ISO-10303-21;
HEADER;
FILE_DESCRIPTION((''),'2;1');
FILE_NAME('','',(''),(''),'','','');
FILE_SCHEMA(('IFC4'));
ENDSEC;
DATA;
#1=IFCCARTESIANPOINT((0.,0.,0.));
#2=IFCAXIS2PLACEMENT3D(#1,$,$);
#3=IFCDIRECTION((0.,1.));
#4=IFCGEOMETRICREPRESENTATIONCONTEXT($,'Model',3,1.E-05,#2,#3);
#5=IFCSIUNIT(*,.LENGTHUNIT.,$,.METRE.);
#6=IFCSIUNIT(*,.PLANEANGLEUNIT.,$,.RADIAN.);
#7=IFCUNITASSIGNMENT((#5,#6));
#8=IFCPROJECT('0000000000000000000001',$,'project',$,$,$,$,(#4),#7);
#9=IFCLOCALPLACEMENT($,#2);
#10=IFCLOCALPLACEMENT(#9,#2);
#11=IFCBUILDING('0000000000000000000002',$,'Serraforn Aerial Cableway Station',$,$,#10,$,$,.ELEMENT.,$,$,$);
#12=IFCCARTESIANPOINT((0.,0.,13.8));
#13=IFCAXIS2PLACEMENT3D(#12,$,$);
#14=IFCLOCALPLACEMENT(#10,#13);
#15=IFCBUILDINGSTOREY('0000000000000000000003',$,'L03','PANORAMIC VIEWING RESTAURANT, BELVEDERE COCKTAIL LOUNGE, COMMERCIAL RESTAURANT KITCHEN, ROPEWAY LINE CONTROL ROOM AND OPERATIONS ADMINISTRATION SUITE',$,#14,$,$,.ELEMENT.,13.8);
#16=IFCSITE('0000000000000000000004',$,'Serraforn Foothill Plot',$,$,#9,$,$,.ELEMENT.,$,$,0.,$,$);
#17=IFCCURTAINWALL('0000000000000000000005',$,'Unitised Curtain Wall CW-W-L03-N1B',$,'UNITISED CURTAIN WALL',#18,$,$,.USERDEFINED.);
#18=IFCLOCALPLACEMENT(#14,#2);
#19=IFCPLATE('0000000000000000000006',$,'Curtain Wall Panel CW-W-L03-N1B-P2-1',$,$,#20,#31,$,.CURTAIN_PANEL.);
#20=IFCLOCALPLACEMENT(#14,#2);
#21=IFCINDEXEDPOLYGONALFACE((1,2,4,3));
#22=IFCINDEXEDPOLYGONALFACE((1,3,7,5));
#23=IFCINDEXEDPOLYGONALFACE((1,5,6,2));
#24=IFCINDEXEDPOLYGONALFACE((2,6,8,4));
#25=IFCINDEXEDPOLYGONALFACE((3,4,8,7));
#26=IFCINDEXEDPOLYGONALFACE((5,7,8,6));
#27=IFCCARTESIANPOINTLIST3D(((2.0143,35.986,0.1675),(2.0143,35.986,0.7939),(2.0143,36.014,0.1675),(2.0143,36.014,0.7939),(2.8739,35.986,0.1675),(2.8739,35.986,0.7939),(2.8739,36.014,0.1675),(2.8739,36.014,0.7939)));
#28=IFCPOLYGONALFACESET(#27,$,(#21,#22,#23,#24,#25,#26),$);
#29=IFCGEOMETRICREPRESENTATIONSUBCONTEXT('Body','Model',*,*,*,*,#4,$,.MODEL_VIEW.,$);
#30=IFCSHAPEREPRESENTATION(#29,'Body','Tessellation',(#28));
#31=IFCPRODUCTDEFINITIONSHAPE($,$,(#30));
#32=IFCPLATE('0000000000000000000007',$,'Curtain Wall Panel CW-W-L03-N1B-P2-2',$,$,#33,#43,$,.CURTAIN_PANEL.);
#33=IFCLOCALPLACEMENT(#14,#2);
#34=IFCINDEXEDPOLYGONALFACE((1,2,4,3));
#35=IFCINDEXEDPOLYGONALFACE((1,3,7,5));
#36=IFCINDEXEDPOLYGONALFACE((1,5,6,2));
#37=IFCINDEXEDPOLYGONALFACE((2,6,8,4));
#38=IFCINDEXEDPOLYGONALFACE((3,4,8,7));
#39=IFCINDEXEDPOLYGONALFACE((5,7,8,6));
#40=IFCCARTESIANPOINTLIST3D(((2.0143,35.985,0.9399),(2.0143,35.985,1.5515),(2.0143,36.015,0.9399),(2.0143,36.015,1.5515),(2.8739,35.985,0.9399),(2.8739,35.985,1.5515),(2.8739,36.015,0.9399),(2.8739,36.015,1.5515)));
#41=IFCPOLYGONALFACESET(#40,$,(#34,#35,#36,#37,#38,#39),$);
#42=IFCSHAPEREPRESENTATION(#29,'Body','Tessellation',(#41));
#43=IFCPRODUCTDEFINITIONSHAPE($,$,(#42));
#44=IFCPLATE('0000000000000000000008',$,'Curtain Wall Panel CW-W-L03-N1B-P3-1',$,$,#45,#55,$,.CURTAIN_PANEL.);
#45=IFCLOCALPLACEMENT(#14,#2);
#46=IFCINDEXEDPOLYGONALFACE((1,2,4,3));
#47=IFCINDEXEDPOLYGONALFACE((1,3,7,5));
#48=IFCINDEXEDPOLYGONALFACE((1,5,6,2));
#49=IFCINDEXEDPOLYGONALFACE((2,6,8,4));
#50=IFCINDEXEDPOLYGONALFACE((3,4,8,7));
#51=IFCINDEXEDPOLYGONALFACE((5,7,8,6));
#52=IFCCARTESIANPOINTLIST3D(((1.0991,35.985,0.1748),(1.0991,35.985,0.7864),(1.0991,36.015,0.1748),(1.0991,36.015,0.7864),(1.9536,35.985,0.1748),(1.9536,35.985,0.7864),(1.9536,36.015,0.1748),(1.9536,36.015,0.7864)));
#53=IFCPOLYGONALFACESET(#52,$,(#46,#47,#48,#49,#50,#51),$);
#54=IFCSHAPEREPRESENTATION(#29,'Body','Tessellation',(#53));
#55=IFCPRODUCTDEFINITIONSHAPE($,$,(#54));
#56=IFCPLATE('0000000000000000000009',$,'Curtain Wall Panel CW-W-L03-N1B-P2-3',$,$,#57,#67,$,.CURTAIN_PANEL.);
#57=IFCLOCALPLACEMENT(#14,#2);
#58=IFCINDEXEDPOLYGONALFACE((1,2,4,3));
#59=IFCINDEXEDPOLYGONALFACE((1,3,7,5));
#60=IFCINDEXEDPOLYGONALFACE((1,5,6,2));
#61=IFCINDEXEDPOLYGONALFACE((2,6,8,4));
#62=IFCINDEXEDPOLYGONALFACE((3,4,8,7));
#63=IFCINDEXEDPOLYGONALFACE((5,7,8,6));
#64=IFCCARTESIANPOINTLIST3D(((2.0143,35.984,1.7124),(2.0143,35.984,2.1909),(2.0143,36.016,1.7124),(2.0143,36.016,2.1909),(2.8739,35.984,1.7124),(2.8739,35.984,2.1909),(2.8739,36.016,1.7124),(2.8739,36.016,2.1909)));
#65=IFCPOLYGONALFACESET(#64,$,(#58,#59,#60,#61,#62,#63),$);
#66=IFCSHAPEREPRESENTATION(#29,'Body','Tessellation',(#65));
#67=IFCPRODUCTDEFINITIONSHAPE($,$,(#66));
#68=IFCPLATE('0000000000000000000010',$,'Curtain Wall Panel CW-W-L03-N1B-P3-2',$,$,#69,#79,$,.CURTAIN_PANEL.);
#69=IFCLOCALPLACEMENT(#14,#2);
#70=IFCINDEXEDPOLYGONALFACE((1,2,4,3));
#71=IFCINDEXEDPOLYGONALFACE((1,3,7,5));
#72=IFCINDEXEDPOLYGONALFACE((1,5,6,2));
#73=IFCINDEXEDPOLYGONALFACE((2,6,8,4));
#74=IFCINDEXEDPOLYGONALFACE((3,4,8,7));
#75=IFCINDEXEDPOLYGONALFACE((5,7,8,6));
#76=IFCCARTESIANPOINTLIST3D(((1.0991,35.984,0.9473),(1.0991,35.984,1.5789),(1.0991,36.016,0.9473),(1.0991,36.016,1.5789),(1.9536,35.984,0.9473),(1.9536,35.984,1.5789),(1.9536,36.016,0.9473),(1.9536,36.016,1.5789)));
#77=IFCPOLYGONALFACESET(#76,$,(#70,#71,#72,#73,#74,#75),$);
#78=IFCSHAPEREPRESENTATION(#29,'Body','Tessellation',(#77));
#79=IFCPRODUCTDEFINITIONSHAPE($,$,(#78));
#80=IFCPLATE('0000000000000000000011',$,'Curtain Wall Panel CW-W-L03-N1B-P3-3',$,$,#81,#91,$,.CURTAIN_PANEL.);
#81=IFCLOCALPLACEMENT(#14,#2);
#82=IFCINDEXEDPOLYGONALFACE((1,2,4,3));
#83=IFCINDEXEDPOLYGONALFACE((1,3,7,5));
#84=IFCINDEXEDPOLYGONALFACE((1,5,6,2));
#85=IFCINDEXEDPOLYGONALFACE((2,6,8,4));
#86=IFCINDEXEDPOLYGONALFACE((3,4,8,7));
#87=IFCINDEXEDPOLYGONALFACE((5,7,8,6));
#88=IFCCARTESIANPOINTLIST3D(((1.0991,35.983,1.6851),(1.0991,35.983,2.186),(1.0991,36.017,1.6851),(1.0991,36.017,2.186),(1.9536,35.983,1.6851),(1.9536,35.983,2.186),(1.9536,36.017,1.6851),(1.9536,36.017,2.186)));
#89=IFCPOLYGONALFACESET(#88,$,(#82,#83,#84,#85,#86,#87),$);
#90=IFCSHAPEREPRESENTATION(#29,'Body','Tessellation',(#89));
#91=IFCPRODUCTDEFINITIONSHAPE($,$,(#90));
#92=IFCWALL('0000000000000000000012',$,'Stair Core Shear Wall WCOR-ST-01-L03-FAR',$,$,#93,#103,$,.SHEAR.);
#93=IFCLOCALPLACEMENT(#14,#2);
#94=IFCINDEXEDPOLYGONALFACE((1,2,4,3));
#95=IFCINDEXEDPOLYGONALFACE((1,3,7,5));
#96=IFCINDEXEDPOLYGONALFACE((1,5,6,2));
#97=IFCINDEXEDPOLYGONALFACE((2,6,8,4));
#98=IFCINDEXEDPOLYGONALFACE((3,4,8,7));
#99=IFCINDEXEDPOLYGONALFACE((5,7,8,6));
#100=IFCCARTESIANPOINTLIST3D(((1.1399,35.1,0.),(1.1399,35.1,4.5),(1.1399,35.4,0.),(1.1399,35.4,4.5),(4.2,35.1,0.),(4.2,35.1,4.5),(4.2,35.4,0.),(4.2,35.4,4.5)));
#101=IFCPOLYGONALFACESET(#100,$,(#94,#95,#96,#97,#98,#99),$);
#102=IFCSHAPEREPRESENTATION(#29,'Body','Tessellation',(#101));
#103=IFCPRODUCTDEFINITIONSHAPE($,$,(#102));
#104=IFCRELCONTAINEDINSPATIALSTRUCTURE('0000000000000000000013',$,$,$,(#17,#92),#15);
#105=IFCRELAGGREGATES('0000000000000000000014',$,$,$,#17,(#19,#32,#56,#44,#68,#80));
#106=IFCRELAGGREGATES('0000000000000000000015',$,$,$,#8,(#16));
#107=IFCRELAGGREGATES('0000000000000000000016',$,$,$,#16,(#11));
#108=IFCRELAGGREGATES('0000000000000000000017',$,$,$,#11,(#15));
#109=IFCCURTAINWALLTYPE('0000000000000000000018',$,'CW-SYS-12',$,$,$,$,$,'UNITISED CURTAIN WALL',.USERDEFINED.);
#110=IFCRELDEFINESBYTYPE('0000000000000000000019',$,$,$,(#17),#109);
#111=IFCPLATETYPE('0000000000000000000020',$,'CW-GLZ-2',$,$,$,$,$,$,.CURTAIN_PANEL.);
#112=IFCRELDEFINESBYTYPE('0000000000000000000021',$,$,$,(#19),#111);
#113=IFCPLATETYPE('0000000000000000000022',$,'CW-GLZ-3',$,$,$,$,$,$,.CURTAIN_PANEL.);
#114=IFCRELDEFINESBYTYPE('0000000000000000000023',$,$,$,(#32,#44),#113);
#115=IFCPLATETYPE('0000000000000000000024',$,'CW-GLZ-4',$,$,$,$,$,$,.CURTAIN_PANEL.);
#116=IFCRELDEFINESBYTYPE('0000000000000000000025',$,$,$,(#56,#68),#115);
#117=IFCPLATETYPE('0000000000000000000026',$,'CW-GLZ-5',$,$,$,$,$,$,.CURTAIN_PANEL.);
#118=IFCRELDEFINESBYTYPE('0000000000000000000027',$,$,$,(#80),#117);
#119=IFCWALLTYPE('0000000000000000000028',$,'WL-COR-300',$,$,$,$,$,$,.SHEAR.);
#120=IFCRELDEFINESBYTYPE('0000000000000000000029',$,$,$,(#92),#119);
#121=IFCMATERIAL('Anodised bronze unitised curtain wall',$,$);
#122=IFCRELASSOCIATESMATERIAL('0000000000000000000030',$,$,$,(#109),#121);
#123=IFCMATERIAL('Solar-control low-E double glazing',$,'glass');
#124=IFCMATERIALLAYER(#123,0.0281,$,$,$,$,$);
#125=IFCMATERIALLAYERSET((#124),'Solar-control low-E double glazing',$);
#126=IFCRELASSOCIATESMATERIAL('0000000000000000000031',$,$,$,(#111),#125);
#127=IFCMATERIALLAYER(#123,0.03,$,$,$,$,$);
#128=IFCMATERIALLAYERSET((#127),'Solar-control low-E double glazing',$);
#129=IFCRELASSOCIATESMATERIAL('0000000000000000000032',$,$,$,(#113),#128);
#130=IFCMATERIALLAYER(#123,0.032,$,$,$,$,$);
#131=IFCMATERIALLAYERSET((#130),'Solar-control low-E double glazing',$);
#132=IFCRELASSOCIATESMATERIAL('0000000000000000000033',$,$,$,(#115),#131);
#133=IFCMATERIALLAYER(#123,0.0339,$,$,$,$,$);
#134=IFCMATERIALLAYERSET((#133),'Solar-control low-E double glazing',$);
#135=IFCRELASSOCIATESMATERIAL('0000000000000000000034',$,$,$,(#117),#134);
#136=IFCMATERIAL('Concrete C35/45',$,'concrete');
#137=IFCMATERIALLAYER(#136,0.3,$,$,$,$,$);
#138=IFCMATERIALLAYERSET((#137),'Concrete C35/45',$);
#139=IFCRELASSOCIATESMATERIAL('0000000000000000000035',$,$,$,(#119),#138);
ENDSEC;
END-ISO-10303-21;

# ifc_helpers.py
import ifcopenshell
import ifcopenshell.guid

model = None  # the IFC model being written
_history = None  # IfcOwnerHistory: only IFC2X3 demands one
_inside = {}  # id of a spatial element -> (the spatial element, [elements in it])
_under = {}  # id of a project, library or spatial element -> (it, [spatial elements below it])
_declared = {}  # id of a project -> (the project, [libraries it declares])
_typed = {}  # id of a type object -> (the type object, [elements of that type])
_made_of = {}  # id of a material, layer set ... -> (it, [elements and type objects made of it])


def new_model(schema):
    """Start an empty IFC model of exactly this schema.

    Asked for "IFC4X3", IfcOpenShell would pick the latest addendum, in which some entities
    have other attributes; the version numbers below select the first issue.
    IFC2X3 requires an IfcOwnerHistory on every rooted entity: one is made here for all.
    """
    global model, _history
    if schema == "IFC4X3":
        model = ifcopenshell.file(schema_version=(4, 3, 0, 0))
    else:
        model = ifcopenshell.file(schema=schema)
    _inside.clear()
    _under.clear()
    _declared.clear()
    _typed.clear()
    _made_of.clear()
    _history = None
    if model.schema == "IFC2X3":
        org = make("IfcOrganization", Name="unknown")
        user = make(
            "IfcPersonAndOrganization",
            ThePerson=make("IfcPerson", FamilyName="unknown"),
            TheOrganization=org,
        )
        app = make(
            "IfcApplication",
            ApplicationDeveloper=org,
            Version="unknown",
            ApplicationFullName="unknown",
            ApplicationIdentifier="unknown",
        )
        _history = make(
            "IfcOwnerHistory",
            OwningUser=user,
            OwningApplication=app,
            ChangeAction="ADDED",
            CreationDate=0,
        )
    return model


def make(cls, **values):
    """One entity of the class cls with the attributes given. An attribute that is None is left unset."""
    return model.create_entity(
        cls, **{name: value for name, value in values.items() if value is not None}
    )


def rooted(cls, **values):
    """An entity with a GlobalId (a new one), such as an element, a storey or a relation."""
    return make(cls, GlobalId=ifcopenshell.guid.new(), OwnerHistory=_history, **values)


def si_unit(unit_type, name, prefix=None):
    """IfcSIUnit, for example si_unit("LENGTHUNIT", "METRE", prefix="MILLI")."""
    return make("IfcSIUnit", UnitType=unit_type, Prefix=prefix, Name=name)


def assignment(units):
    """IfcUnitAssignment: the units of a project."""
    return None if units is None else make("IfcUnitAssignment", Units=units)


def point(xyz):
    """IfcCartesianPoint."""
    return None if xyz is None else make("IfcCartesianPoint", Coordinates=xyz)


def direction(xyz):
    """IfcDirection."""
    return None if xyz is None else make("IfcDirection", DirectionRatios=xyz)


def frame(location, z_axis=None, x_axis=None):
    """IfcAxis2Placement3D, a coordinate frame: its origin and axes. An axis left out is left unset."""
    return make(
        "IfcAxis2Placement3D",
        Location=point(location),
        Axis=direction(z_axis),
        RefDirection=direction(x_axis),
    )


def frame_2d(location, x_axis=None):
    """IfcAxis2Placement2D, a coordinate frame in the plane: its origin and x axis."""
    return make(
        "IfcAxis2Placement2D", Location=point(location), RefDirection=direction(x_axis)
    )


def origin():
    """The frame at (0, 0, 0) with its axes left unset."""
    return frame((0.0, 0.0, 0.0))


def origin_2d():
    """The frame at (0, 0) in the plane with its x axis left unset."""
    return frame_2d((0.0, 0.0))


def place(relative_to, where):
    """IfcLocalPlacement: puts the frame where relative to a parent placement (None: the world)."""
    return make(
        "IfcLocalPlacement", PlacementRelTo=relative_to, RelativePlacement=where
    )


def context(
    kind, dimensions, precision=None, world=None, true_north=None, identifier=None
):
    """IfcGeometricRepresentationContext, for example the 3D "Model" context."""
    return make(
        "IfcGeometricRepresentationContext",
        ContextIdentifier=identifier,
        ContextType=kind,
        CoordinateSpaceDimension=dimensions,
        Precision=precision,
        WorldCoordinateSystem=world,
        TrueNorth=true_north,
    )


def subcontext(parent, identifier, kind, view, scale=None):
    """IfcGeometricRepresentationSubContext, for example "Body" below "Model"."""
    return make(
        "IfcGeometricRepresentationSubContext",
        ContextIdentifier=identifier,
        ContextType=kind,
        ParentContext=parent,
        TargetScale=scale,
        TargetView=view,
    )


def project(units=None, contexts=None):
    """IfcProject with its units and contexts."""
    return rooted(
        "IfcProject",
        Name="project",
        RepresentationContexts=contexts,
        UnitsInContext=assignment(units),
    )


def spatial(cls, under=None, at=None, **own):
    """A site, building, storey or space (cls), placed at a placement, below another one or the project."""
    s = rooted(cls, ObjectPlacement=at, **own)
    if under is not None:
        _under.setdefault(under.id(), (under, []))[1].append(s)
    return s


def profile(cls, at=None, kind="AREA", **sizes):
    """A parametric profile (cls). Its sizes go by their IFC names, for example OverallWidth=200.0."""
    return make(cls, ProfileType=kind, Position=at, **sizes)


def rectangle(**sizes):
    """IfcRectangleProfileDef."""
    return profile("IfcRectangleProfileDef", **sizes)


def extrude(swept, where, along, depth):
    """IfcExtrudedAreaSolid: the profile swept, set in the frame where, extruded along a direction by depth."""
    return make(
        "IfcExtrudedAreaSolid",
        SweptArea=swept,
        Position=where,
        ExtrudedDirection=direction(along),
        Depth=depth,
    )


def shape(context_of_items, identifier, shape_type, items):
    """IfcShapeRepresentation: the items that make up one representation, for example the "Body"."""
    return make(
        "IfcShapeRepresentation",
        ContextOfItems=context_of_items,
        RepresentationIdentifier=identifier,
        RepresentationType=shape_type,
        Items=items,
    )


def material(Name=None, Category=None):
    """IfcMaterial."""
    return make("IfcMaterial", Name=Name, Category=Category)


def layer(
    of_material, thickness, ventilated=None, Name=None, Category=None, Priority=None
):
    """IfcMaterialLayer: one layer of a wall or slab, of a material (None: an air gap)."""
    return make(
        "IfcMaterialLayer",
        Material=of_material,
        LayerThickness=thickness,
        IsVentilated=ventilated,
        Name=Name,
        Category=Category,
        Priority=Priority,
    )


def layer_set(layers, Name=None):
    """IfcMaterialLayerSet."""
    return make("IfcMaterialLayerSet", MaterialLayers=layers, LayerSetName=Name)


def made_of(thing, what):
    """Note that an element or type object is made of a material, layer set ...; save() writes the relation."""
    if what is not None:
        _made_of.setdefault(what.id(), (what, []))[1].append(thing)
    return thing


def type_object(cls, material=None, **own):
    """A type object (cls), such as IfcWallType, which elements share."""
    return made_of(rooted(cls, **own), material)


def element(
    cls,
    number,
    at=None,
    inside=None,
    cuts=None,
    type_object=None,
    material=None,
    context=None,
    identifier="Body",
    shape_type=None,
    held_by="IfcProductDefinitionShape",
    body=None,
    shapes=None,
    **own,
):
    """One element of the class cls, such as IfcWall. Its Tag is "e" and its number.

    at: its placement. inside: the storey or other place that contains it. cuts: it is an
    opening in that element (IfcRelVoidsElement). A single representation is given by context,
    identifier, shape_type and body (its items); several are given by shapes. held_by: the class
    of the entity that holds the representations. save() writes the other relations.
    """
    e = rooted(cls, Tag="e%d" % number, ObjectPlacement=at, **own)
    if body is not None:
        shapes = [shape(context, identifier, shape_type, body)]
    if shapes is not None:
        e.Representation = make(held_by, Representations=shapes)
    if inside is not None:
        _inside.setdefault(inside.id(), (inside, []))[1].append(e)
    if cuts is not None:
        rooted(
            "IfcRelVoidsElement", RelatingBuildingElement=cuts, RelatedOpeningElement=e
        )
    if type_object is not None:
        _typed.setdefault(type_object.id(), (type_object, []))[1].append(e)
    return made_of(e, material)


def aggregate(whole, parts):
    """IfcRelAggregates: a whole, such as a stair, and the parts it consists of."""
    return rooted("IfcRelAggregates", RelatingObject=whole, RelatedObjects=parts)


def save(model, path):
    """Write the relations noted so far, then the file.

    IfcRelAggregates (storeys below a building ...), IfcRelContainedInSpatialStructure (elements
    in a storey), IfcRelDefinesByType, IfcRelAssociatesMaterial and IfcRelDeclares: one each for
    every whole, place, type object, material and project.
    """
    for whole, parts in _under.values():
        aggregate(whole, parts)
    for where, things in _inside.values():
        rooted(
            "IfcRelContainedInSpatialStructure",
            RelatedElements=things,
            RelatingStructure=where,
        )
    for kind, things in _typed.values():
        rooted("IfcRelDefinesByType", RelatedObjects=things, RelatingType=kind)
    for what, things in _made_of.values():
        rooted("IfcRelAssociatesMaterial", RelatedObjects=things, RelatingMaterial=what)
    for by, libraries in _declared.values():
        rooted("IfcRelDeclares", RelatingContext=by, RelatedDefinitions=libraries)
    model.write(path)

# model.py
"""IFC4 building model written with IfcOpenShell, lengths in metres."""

from ifc_helpers import new_model, si_unit, direction, frame, frame_2d, origin, origin_2d, place, context, subcontext, project, spatial, rectangle, extrude, material, layer, layer_set, type_object, element, aggregate, save


model = new_model("IFC4")

# Units and contexts
model_context = context("Model", 3, precision=1e-05, world=origin(), true_north=direction((0.0, 1.0)))
body_context = subcontext(model_context, "Body", "Model", "MODEL_VIEW")
ifc_project = project(units=[si_unit("LENGTHUNIT", "METRE"), si_unit("PLANEANGLEUNIT", "RADIAN")], contexts=[model_context])

# Site, building, storey
site_placement = place(None, origin())
site = spatial("IfcSite", under=ifc_project, at=site_placement, Name="Serraforn Foothill Plot", CompositionType="ELEMENT", RefElevation=0.0)
building_placement = place(site_placement, origin())
building = spatial("IfcBuilding", under=site, at=building_placement, Name="Serraforn Aerial Cableway Station", CompositionType="ELEMENT")
storey_placement = place(building_placement, frame((0.0, 0.0, 13.8)))
storey = spatial("IfcBuildingStorey", under=building, at=storey_placement, Name="L03", Description="PANORAMIC VIEWING RESTAURANT, BELVEDERE COCKTAIL LOUNGE, COMMERCIAL RESTAURANT KITCHEN, ROPEWAY LINE CONTROL ROOM AND OPERATIONS ADMINISTRATION SUITE", CompositionType="ELEMENT", Elevation=13.8)

# Curtain wall, plates
ifc_material_1 = material(Name="Anodised bronze unitised curtain wall")
curtain_wall_type = type_object("IfcCurtainWallType", Name="CW-SYS-12", ElementType="UNITISED CURTAIN WALL", PredefinedType="USERDEFINED", material=ifc_material_1)
curtain_wall_placement = place(storey_placement, origin())
curtain_wall = element("IfcCurtainWall", 1, at=curtain_wall_placement, inside=storey, type_object=curtain_wall_type, Name="Unitised Curtain Wall CW-W-L03-N1B", ObjectType="UNITISED CURTAIN WALL", PredefinedType="USERDEFINED")
ifc_material_2 = material(Name="Solar-control low-E double glazing", Category="glass")
ifc_layer_1 = layer(ifc_material_2, 0.0281)
ifc_layer_set_1 = layer_set([ifc_layer_1], Name="Solar-control low-E double glazing")
plate_type_1 = type_object("IfcPlateType", Name="CW-GLZ-2", PredefinedType="CURTAIN_PANEL", material=ifc_layer_set_1)
plate_1_placement = place(storey_placement, frame((2.4441, 36.0, 0.1675), z_axis=(0.0, 0.0, 1.0), x_axis=(1.0, 0.0, 0.0)))
plate_1 = element("IfcPlate", 2, at=plate_1_placement, type_object=plate_type_1, Name="Curtain Wall Panel CW-W-L03-N1B-P2-1", PredefinedType="CURTAIN_PANEL", context=body_context, shape_type="SweptSolid", body=[
    extrude(rectangle(XDim=0.8596, YDim=0.0281, at=origin_2d()), origin(), (0.0, 0.0, 1.0), 0.6265),
])
ifc_layer_2 = layer(ifc_material_2, 0.03)
ifc_layer_set_2 = layer_set([ifc_layer_2], Name="Solar-control low-E double glazing")
plate_type_2 = type_object("IfcPlateType", Name="CW-GLZ-3", PredefinedType="CURTAIN_PANEL", material=ifc_layer_set_2)
plate_2_placement = place(storey_placement, frame((2.4441, 36.0, 0.9399), z_axis=(0.0, 0.0, 1.0), x_axis=(1.0, 0.0, 0.0)))
plate_2 = element("IfcPlate", 3, at=plate_2_placement, type_object=plate_type_2, Name="Curtain Wall Panel CW-W-L03-N1B-P2-2", PredefinedType="CURTAIN_PANEL", context=body_context, shape_type="SweptSolid", body=[
    extrude(rectangle(XDim=0.8596, YDim=0.03, at=origin_2d()), origin(), (0.0, 0.0, 1.0), 0.6116),
])
plate_3_placement = place(storey_placement, frame((1.5264, 36.0, 0.1748), z_axis=(0.0, 0.0, 1.0), x_axis=(1.0, 0.0, 0.0)))
plate_3 = element("IfcPlate", 4, at=plate_3_placement, type_object=plate_type_2, Name="Curtain Wall Panel CW-W-L03-N1B-P3-1", PredefinedType="CURTAIN_PANEL", context=body_context, shape_type="SweptSolid", body=[
    extrude(rectangle(XDim=0.8545, YDim=0.03, at=origin_2d()), origin(), (0.0, 0.0, 1.0), 0.6116),
])
ifc_layer_3 = layer(ifc_material_2, 0.032)
ifc_layer_set_3 = layer_set([ifc_layer_3], Name="Solar-control low-E double glazing")
plate_type_3 = type_object("IfcPlateType", Name="CW-GLZ-4", PredefinedType="CURTAIN_PANEL", material=ifc_layer_set_3)
plate_4_placement = place(storey_placement, frame((2.4441, 36.0, 1.7124), z_axis=(0.0, 0.0, 1.0), x_axis=(1.0, 0.0, 0.0)))
plate_4 = element("IfcPlate", 5, at=plate_4_placement, type_object=plate_type_3, Name="Curtain Wall Panel CW-W-L03-N1B-P2-3", PredefinedType="CURTAIN_PANEL", context=body_context, shape_type="SweptSolid", body=[
    extrude(rectangle(XDim=0.8596, YDim=0.032, at=origin_2d()), origin(), (0.0, 0.0, 1.0), 0.4785),
])
plate_5_placement = place(storey_placement, frame((1.5264, 36.0, 0.9473), z_axis=(0.0, 0.0, 1.0), x_axis=(1.0, 0.0, 0.0)))
plate_5 = element("IfcPlate", 6, at=plate_5_placement, type_object=plate_type_3, Name="Curtain Wall Panel CW-W-L03-N1B-P3-2", PredefinedType="CURTAIN_PANEL", context=body_context, shape_type="SweptSolid", body=[
    extrude(rectangle(XDim=0.8545, YDim=0.032, at=origin_2d()), origin(), (0.0, 0.0, 1.0), 0.6316),
])
ifc_layer_4 = layer(ifc_material_2, 0.0339)
ifc_layer_set_4 = layer_set([ifc_layer_4], Name="Solar-control low-E double glazing")
plate_type_4 = type_object("IfcPlateType", Name="CW-GLZ-5", PredefinedType="CURTAIN_PANEL", material=ifc_layer_set_4)
plate_6_placement = place(storey_placement, frame((1.5264, 36.0, 1.6851), z_axis=(0.0, 0.0, 1.0), x_axis=(1.0, 0.0, 0.0)))
plate_6 = element("IfcPlate", 7, at=plate_6_placement, type_object=plate_type_4, Name="Curtain Wall Panel CW-W-L03-N1B-P3-3", PredefinedType="CURTAIN_PANEL", context=body_context, shape_type="SweptSolid", body=[
    extrude(rectangle(XDim=0.8545, YDim=0.0339, at=origin_2d()), origin(), (0.0, 0.0, 1.0), 0.501),
])
aggregate(curtain_wall, [plate_1, plate_2, plate_4, plate_3, plate_5, plate_6])

# Wall
ifc_material_3 = material(Name="Concrete C35/45", Category="concrete")
ifc_layer_5 = layer(ifc_material_3, 0.3)
ifc_layer_set_5 = layer_set([ifc_layer_5], Name="Concrete C35/45")
wall_type = type_object("IfcWallType", Name="WL-COR-300", PredefinedType="SHEAR", material=ifc_layer_set_5)
wall_placement = place(storey_placement, frame((4.2, 35.25, 0.0), z_axis=(0.0, 0.0, 1.0), x_axis=(-1.0, 0.0, 0.0)))
element("IfcWall", 8, at=wall_placement, inside=storey, type_object=wall_type, Name="Stair Core Shear Wall WCOR-ST-01-L03-FAR", PredefinedType="SHEAR", context=body_context, shape_type="SweptSolid", body=[
    extrude(rectangle(XDim=3.0601, YDim=0.3, at=frame_2d((1.53, 0.0))), origin(), (0.0, 0.0, 1.0), 4.5),
])

save(model, "model.ifc")
